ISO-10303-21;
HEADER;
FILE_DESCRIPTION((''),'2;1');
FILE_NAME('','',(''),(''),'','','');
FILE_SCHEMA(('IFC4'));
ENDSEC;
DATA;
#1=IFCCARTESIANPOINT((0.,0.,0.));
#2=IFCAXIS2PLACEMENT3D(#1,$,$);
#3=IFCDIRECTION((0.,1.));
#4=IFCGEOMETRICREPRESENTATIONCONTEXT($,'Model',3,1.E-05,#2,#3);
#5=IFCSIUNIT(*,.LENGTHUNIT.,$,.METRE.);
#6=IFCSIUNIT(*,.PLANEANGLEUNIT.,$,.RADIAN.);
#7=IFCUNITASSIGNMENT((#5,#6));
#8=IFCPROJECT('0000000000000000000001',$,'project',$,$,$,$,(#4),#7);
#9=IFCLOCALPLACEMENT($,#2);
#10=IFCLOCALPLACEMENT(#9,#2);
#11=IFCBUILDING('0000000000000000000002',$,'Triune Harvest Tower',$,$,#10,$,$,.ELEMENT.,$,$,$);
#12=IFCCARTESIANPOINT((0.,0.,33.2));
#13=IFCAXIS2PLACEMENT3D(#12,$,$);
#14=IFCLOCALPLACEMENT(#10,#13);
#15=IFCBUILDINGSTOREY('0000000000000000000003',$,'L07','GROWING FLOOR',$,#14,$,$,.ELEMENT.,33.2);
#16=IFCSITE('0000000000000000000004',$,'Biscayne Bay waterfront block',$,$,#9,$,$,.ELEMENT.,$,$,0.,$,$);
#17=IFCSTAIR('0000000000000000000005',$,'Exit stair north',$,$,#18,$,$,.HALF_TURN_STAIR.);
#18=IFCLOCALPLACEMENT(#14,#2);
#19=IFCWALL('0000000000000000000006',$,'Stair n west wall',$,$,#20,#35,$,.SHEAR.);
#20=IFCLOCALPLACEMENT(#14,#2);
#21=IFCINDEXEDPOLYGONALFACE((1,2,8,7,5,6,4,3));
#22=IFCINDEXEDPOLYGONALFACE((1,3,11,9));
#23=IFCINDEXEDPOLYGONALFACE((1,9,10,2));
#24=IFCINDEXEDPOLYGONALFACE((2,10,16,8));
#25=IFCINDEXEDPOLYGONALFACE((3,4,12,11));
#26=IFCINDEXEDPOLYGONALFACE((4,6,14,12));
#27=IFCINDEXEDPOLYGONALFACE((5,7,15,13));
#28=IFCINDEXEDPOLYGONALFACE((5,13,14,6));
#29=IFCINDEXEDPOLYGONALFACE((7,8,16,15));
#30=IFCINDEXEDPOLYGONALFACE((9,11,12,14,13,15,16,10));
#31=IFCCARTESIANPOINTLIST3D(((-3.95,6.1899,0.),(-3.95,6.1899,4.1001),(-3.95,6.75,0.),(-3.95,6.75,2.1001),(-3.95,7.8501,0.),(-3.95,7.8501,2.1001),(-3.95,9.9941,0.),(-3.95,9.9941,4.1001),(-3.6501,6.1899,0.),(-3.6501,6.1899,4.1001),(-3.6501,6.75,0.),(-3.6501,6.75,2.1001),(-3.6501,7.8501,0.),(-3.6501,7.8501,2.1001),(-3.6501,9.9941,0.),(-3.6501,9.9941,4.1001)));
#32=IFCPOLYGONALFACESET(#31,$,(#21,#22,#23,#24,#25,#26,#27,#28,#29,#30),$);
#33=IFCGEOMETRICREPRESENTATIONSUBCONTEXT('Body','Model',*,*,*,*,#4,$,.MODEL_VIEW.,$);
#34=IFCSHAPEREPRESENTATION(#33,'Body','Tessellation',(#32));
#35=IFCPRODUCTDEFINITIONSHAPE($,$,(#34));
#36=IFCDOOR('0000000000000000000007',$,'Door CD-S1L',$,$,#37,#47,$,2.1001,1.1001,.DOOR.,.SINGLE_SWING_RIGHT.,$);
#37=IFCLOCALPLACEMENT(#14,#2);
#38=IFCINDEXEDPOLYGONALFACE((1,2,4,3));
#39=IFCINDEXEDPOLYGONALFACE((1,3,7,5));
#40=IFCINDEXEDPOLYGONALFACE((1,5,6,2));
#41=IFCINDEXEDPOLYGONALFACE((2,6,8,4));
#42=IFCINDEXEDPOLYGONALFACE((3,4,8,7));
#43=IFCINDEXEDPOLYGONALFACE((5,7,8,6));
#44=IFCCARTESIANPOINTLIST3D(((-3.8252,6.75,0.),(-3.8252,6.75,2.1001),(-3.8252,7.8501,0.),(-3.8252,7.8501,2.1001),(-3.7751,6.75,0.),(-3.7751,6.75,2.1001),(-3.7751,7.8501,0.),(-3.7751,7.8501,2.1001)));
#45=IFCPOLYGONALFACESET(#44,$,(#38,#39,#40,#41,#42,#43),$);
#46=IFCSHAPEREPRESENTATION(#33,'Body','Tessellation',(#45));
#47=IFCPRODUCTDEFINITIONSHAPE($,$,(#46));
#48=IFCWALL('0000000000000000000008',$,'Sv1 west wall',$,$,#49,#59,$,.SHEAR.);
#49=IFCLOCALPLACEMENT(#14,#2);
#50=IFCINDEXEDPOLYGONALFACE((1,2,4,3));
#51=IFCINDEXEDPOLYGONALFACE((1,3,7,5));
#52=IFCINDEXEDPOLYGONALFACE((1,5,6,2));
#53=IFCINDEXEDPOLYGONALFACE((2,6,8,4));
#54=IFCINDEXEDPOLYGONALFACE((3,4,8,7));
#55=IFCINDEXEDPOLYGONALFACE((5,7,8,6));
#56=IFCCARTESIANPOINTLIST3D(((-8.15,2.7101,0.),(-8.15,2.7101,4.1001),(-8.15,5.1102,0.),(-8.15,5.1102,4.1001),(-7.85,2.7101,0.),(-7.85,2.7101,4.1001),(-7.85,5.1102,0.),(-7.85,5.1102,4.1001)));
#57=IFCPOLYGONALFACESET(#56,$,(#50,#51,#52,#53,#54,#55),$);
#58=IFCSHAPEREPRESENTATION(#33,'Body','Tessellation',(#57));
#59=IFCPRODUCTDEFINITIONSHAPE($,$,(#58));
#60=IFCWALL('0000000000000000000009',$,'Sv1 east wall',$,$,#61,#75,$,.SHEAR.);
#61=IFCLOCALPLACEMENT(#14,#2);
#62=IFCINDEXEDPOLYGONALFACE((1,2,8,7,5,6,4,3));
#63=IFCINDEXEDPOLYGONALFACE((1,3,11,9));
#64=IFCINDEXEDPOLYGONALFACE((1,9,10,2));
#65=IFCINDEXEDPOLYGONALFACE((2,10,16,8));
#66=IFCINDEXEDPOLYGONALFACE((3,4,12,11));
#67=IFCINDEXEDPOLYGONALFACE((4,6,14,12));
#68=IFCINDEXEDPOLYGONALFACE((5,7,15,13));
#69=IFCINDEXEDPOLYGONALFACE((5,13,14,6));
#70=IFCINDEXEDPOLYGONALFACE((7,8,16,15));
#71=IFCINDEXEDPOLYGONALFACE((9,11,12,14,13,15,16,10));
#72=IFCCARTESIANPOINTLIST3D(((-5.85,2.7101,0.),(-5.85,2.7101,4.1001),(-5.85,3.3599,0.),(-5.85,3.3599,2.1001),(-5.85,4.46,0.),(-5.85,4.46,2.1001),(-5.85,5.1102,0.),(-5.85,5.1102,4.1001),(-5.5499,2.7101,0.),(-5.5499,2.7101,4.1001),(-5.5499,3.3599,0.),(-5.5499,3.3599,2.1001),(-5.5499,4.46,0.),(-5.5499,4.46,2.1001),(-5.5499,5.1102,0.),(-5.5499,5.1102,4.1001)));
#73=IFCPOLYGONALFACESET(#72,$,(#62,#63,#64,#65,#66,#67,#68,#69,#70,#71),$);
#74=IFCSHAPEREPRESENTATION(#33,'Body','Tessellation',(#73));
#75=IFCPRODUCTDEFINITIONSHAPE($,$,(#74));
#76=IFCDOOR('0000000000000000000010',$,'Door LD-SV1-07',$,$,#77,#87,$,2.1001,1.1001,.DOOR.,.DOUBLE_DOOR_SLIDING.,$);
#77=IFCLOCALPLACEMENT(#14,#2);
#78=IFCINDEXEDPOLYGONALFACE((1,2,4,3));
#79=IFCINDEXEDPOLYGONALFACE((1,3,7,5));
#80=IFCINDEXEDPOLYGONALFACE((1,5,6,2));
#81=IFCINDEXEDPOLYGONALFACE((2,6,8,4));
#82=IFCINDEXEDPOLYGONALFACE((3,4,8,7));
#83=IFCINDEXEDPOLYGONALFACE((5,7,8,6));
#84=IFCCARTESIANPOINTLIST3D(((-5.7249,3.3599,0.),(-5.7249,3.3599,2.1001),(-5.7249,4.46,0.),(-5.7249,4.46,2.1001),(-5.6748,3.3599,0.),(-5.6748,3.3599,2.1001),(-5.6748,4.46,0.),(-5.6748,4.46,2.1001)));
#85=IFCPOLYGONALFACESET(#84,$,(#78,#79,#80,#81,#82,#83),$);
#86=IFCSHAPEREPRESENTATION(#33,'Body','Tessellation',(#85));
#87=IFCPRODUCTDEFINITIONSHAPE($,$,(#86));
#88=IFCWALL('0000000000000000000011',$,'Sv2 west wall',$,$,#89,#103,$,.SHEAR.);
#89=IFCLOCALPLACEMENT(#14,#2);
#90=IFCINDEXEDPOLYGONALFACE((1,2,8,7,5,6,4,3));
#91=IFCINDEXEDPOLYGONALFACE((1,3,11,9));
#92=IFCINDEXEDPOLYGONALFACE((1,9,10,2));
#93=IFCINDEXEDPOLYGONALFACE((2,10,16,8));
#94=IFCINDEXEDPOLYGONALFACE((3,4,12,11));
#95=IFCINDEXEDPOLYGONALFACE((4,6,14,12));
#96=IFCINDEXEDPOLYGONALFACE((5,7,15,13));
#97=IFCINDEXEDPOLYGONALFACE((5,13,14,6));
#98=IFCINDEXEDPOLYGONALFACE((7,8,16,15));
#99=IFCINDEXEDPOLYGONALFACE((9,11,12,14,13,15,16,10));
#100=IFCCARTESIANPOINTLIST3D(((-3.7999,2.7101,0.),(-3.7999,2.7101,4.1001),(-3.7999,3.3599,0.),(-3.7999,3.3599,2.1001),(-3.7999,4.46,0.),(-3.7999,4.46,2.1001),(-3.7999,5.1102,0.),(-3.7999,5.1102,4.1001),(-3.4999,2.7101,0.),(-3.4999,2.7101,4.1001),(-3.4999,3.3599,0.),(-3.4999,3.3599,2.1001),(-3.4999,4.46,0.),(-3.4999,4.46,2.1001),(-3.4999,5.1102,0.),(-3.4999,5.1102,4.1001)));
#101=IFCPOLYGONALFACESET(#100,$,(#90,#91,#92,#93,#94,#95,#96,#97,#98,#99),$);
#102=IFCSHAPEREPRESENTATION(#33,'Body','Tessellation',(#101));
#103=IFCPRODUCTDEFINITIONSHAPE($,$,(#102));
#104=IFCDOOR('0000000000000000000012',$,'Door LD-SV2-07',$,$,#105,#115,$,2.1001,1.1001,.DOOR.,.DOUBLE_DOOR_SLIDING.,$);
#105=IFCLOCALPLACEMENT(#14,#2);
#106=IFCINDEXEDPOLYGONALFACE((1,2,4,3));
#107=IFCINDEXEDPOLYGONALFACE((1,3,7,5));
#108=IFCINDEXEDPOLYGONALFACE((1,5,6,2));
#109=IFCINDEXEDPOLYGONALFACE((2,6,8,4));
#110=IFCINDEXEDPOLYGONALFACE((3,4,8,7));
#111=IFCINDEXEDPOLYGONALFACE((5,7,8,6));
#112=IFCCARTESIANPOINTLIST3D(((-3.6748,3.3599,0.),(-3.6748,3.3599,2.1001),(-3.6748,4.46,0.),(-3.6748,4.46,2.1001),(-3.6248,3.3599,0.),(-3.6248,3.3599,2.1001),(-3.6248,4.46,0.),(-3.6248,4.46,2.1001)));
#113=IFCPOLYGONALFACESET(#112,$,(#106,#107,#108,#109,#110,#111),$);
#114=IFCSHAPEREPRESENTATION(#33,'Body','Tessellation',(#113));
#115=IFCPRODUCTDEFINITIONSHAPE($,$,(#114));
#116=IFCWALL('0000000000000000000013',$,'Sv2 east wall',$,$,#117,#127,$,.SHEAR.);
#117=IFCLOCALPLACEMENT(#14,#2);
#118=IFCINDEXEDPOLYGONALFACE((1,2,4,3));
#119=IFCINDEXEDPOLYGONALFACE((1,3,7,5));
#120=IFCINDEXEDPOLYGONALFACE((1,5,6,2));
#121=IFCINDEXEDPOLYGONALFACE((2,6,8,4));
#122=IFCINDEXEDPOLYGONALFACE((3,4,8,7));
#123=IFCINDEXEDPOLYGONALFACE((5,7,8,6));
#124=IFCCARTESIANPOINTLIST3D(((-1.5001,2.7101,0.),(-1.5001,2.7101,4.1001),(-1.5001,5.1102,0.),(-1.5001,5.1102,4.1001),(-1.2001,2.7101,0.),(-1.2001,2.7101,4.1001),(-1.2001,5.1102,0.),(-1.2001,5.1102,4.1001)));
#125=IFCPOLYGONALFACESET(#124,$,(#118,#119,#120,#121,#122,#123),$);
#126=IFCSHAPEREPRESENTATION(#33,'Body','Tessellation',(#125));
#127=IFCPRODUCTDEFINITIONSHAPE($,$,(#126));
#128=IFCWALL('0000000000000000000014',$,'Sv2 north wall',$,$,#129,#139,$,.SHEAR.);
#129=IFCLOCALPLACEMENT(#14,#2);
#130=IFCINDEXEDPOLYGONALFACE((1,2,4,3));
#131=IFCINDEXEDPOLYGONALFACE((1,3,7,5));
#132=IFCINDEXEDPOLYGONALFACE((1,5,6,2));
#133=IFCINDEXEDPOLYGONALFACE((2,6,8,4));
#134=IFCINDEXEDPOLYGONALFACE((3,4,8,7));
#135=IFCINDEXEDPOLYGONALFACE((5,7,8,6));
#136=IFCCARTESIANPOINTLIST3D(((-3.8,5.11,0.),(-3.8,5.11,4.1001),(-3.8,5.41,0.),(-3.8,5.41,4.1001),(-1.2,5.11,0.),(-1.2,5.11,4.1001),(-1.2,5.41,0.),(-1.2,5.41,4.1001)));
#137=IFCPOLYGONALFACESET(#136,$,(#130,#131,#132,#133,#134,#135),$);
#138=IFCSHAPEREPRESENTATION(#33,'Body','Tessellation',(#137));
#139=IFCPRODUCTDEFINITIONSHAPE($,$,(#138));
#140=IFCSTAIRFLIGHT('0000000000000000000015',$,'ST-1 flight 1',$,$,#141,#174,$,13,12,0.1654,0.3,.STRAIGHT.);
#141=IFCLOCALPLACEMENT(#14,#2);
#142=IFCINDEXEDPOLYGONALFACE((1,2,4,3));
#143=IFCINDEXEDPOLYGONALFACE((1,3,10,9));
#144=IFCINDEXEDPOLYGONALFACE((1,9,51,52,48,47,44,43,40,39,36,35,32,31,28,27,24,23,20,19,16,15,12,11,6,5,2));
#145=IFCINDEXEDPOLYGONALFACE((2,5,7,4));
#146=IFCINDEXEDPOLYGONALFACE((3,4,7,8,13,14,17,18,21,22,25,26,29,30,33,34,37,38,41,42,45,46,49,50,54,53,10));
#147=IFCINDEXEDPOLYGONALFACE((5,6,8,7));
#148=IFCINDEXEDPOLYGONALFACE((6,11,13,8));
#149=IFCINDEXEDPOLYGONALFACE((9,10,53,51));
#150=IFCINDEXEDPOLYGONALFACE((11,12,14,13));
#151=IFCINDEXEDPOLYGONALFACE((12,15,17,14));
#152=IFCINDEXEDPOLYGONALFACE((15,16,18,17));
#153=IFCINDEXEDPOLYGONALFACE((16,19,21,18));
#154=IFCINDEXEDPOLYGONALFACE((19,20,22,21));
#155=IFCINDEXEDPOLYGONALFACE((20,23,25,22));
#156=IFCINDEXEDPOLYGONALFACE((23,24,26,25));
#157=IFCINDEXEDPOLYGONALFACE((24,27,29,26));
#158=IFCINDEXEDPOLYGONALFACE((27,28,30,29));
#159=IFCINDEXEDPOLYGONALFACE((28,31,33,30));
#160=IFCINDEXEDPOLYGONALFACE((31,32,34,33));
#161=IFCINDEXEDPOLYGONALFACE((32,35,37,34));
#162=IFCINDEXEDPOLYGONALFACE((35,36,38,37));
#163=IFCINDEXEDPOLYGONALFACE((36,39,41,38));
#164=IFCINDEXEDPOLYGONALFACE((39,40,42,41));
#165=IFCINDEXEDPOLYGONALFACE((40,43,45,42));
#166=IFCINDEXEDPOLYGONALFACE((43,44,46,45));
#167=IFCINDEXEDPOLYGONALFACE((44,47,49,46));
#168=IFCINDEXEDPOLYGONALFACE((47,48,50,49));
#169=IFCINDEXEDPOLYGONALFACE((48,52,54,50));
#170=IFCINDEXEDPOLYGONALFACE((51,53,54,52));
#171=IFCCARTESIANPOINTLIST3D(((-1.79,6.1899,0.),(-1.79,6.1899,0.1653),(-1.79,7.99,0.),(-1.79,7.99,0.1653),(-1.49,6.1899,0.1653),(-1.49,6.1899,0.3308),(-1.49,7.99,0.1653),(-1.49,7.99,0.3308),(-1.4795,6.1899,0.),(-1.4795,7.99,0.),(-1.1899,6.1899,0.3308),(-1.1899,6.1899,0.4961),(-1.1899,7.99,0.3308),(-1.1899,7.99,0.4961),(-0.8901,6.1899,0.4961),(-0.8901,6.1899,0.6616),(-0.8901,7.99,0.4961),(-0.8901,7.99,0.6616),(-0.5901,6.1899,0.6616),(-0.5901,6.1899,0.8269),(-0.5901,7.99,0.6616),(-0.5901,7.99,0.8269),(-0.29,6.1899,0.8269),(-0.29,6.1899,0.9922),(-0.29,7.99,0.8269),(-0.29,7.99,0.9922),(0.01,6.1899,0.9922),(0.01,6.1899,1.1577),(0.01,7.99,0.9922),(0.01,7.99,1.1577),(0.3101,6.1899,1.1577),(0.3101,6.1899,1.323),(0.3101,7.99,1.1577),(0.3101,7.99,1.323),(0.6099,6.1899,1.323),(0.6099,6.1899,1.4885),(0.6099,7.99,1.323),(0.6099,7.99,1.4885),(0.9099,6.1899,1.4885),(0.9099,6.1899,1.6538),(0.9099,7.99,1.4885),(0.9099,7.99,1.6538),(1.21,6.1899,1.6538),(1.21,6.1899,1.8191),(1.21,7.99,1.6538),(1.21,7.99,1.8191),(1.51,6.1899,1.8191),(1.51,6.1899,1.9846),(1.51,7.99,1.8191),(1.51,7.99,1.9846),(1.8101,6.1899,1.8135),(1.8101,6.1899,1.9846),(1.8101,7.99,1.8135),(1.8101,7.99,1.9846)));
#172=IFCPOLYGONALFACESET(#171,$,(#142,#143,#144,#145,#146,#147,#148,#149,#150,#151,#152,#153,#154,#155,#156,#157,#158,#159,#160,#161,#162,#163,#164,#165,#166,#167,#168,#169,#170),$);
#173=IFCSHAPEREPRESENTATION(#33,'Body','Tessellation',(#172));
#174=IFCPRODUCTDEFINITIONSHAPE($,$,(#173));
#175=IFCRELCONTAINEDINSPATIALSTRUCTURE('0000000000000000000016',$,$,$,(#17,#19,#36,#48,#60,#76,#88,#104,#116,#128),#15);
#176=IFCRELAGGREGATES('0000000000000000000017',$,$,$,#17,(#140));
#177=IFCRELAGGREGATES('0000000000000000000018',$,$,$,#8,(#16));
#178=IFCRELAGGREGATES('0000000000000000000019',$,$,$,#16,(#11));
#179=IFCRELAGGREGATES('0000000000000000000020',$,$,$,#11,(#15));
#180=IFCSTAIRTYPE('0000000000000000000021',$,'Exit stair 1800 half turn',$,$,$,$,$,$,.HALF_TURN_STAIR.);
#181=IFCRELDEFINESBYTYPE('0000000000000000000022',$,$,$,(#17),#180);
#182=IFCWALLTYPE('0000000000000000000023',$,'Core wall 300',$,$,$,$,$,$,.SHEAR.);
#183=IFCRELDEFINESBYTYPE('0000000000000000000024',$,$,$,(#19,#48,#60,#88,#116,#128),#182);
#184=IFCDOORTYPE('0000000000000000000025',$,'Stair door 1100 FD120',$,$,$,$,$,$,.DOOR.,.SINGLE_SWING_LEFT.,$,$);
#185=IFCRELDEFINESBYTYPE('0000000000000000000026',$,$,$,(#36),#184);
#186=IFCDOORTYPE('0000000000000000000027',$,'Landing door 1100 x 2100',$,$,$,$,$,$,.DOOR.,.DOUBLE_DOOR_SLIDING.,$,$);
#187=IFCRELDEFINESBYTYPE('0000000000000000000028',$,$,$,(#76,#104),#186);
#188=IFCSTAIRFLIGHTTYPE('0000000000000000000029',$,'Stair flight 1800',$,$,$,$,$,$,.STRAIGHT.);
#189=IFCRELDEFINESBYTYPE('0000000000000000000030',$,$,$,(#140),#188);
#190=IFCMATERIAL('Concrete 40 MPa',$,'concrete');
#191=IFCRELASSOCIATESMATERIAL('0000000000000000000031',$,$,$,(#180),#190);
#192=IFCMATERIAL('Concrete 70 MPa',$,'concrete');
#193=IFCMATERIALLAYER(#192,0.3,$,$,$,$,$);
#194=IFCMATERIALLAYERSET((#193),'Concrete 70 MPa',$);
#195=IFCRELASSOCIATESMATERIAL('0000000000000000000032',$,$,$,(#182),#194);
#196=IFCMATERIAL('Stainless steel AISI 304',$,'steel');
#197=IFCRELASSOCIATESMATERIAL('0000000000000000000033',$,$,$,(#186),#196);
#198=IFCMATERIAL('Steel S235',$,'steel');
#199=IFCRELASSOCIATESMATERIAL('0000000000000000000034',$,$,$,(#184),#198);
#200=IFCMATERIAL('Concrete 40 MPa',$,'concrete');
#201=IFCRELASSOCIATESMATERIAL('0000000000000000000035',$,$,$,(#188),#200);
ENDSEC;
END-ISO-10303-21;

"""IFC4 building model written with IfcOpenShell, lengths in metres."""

from ifc_helpers import new_model, si_unit, direction, frame, frame_2d, origin, place, context, subcontext, project, spatial, polyline, rectangle, outline, extrude, source, transform, mapped, material, layer, layer_set, type_object, element, fill, aggregate, save


model = new_model("IFC4")

# Units and contexts
model_context = context("Model", 3, precision=1e-05, world=origin(), true_north=direction((0.0, 1.0)))
body_context = subcontext(model_context, "Body", "Model", "MODEL_VIEW")
ifc_project = project(units=[si_unit("LENGTHUNIT", "METRE"), si_unit("PLANEANGLEUNIT", "RADIAN")], contexts=[model_context])

# Site, building, storey
site_placement = place(None, origin())
site = spatial("IfcSite", under=ifc_project, at=site_placement, Name="Biscayne Bay waterfront block", CompositionType="ELEMENT", RefElevation=0.0)
building_placement = place(site_placement, origin())
building = spatial("IfcBuilding", under=site, at=building_placement, Name="Triune Harvest Tower", CompositionType="ELEMENT")
storey_placement = place(building_placement, frame((0.0, 0.0, 33.2)))
storey = spatial("IfcBuildingStorey", under=building, at=storey_placement, Name="L07", Description="GROWING FLOOR", CompositionType="ELEMENT", Elevation=33.2)

# Stair
ifc_material_1 = material(Name="Concrete 40 MPa", Category="concrete")
stair_type = type_object("IfcStairType", Name="Exit stair 1800 half turn", PredefinedType="HALF_TURN_STAIR", material=ifc_material_1)
stair_1_placement = place(storey_placement, origin())
stair_1 = element("IfcStair", 1, at=stair_1_placement, inside=storey, type_object=stair_type, Name="Exit stair north", PredefinedType="HALF_TURN_STAIR")

# Shared definitions
ifc_material_2 = material(Name="Concrete 70 MPa", Category="concrete")
ifc_layer_1 = layer(ifc_material_2, 0.3)
ifc_layer_set_1 = layer_set([ifc_layer_1], Name="Concrete 70 MPa")
wall_type = type_object("IfcWallType", Name="Core wall 300", PredefinedType="SHEAR", material=ifc_layer_set_1)
ifc_material_3 = material(Name="Stainless steel AISI 304", Category="steel")
door_type_1 = type_object("IfcDoorType", Name="Landing door 1100 x 2100", OperationType="DOUBLE_DOOR_SLIDING", PredefinedType="DOOR", material=ifc_material_3)

# Wall, opening, door
shared_shape_1 = source(origin(), body_context, "Body", "SweptSolid", [
    extrude(outline(polyline([(0.0, -0.1499), (0.0, 0.1499), (3.8042, 0.1499), (3.8042, -0.1499), (0.0, -0.1499)])), origin(), (0.0, 0.0, 1.0), 4.1001),
])
wall_1_placement = place(storey_placement, frame((-3.8, 6.1899, 0.0), z_axis=(0.0, 0.0, 1.0), x_axis=(0.0, 1.0, 0.0)))
wall_1 = element("IfcWall", 2, at=wall_1_placement, inside=storey, type_object=wall_type, Name="Stair n west wall", PredefinedType="SHEAR", context=body_context, shape_type="MappedRepresentation", body=[
    mapped(shared_shape_1, transform((0.0, 0.0, 0.0), scale=1.0)),
])
opening_1_placement = place(wall_1_placement, frame((0.5601, 0.0, 0.0)))
opening_1 = element("IfcOpeningElement", 3, at=opening_1_placement, cuts=wall_1, PredefinedType="OPENING", context=body_context, shape_type="SweptSolid", body=[
    extrude(rectangle(XDim=1.1001, YDim=2.1001, at=frame_2d((0.55, 1.05))), frame((0.0, 0.1602, 0.0), z_axis=(0.0, -1.0, 0.0), x_axis=(1.0, 0.0, 0.0)), (0.0, 0.0, 1.0), 0.3201),
])
ifc_material_4 = material(Name="Steel S235", Category="steel")
door_type_2 = type_object("IfcDoorType", Name="Stair door 1100 FD120", OperationType="SINGLE_SWING_LEFT", PredefinedType="DOOR", material=ifc_material_4)
door_1_placement = place(opening_1_placement, frame((1.1001, 0.0, 0.0), z_axis=(0.0, 0.0, 1.0), x_axis=(-1.0, 0.0, 0.0)))
door_1 = element("IfcDoor", 4, at=door_1_placement, inside=storey, type_object=door_type_2, Name="Door CD-S1L", OperationType="SINGLE_SWING_RIGHT", OverallHeight=2.1001, OverallWidth=1.1001, PredefinedType="DOOR", context=body_context, shape_type="SweptSolid", body=[
    extrude(rectangle(XDim=1.1001, YDim=2.1001, at=frame_2d((0.55, 1.05))), frame((0.0, 0.0249, 0.0), z_axis=(0.0, -1.0, 0.0), x_axis=(1.0, 0.0, 0.0)), (0.0, 0.0, 1.0), 0.05),
])
fill(opening_1, door_1)

# Wall
shared_shape_2 = source(origin(), body_context, "Body", "SweptSolid", [
    extrude(rectangle(XDim=2.4001, YDim=0.3, at=frame_2d((1.2002, 0.0))), origin(), (0.0, 0.0, 1.0), 4.1001),
])
wall_2_placement = place(storey_placement, frame((-8.0, 2.71, 0.0), z_axis=(0.0, 0.0, 1.0), x_axis=(0.0, 1.0, 0.0)))
element("IfcWall", 5, at=wall_2_placement, inside=storey, type_object=wall_type, Name="Sv1 west wall", PredefinedType="SHEAR", context=body_context, shape_type="MappedRepresentation", body=[
    mapped(shared_shape_2, transform((0.0, 0.0, 0.0), scale=1.0)),
])

# Walls, openings, doors
wall_3_placement = place(storey_placement, frame((-5.7, 2.71, 0.0), z_axis=(0.0, 0.0, 1.0), x_axis=(0.0, 1.0, 0.0)))
wall_3 = element("IfcWall", 6, at=wall_3_placement, inside=storey, type_object=wall_type, Name="Sv1 east wall", PredefinedType="SHEAR", context=body_context, shape_type="MappedRepresentation", body=[
    mapped(shared_shape_2, transform((0.0, 0.0, 0.0), scale=1.0)),
])
opening_2_placement = place(wall_3_placement, frame((0.6499, 0.0, 0.0)))
opening_2 = element("IfcOpeningElement", 7, at=opening_2_placement, cuts=wall_3, PredefinedType="OPENING", context=body_context, shape_type="SweptSolid", body=[
    extrude(rectangle(XDim=1.1001, YDim=2.1001, at=frame_2d((0.55, 1.05))), frame((0.0, 0.1602, 0.0), z_axis=(0.0, -1.0, 0.0), x_axis=(1.0, 0.0, 0.0)), (0.0, 0.0, 1.0), 0.3201),
])
door_2_placement = place(opening_2_placement, origin())
door_2 = element("IfcDoor", 8, at=door_2_placement, inside=storey, type_object=door_type_1, Name="Door LD-SV1-07", OperationType="DOUBLE_DOOR_SLIDING", OverallHeight=2.1001, OverallWidth=1.1001, PredefinedType="DOOR", context=body_context, shape_type="SweptSolid", body=[
    extrude(rectangle(XDim=1.1001, YDim=2.1001, at=frame_2d((0.55, 1.05))), frame((0.0, 0.0249, 0.0), z_axis=(0.0, -1.0, 0.0), x_axis=(1.0, 0.0, 0.0)), (0.0, 0.0, 1.0), 0.05),
])
fill(opening_2, door_2)
wall_4_placement = place(storey_placement, frame((-3.6499, 2.71, 0.0), z_axis=(0.0, 0.0, 1.0), x_axis=(0.0, 1.0, 0.0)))
wall_4 = element("IfcWall", 9, at=wall_4_placement, inside=storey, type_object=wall_type, Name="Sv2 west wall", PredefinedType="SHEAR", context=body_context, shape_type="MappedRepresentation", body=[
    mapped(shared_shape_2, transform((0.0, 0.0, 0.0), scale=1.0)),
])
opening_3_placement = place(wall_4_placement, frame((0.6499, 0.0, 0.0)))
opening_3 = element("IfcOpeningElement", 10, at=opening_3_placement, cuts=wall_4, PredefinedType="OPENING", context=body_context, shape_type="SweptSolid", body=[
    extrude(rectangle(XDim=1.1001, YDim=2.1001, at=frame_2d((0.55, 1.05))), frame((0.0, 0.1602, 0.0), z_axis=(0.0, -1.0, 0.0), x_axis=(1.0, 0.0, 0.0)), (0.0, 0.0, 1.0), 0.3201),
])
door_3_placement = place(opening_3_placement, origin())
door_3 = element("IfcDoor", 11, at=door_3_placement, inside=storey, type_object=door_type_1, Name="Door LD-SV2-07", OperationType="DOUBLE_DOOR_SLIDING", OverallHeight=2.1001, OverallWidth=1.1001, PredefinedType="DOOR", context=body_context, shape_type="SweptSolid", body=[
    extrude(rectangle(XDim=1.1001, YDim=2.1001, at=frame_2d((0.55, 1.05))), frame((0.0, 0.0249, 0.0), z_axis=(0.0, -1.0, 0.0), x_axis=(1.0, 0.0, 0.0)), (0.0, 0.0, 1.0), 0.05),
])
fill(opening_3, door_3)

# Walls
wall_5_placement = place(storey_placement, frame((-1.3501, 2.71, 0.0), z_axis=(0.0, 0.0, 1.0), x_axis=(0.0, 1.0, 0.0)))
element("IfcWall", 12, at=wall_5_placement, inside=storey, type_object=wall_type, Name="Sv2 east wall", PredefinedType="SHEAR", context=body_context, shape_type="MappedRepresentation", body=[
    mapped(shared_shape_2, transform((0.0, 0.0, 0.0), scale=1.0)),
])
shared_shape_3 = source(origin(), body_context, "Body", "SweptSolid", [
    extrude(rectangle(XDim=2.6001, YDim=0.3, at=frame_2d((1.3, 0.0))), origin(), (0.0, 0.0, 1.0), 4.1001),
])
wall_6_placement = place(storey_placement, frame((-3.8, 5.26, 0.0), z_axis=(0.0, 0.0, 1.0), x_axis=(1.0, 0.0, 0.0)))
element("IfcWall", 13, at=wall_6_placement, inside=storey, type_object=wall_type, Name="Sv2 north wall", PredefinedType="SHEAR", context=body_context, shape_type="MappedRepresentation", body=[
    mapped(shared_shape_3, transform((0.0, 0.0, 0.0), scale=1.0)),
])

# Stair flight
ifc_material_5 = material(Name="Concrete 40 MPa", Category="concrete")
stair_flight_type = type_object("IfcStairFlightType", Name="Stair flight 1800", PredefinedType="STRAIGHT", material=ifc_material_5)
shared_shape_4 = source(origin(), body_context, "Body", "SweptSolid", [
    extrude(outline(polyline([(0.0, 0.0), (0.0, 0.1653), (0.3, 0.1653), (0.3, 0.3308), (0.6001, 0.3308), (0.6001, 0.4961), (0.8999, 0.4961), (0.8999, 0.6616), (1.2, 0.6616), (1.2, 0.8269), (1.5, 0.8269), (1.5, 0.9922), (1.8, 0.9922), (1.8, 1.1577), (2.1001, 1.1577), (2.1001, 1.323), (2.3999, 1.323), (2.3999, 1.4885), (2.7, 1.4885), (2.7, 1.6538), (3.0, 1.6538), (3.0, 1.8191), (3.3, 1.8191), (3.3, 1.9846), (3.6001, 1.9846), (3.6001, 2.1499), (3.6001, 1.8135), (0.3105, 0.0), (0.0, 0.0)])), frame((0.0, 0.8999, 0.0), z_axis=(0.0, -1.0, 0.0), x_axis=(1.0, 0.0, 0.0)), (0.0, 0.0, 1.0), 1.8),
])
stair_flight_placement = place(storey_placement, frame((-1.79, 7.0901, 0.0), z_axis=(0.0, 0.0, 1.0), x_axis=(1.0, 0.0, 0.0)))
stair_flight = element("IfcStairFlight", 14, at=stair_flight_placement, type_object=stair_flight_type, Name="ST-1 flight 1", NumberOfRisers=13, NumberOfTreads=12, PredefinedType="STRAIGHT", RiserHeight=0.1654, TreadLength=0.3, context=body_context, shape_type="MappedRepresentation", body=[
    mapped(shared_shape_4, transform((0.0, 0.0, 0.0), scale=1.0)),
])
aggregate(stair_1, [stair_flight])

save(model, "model.ifc")
